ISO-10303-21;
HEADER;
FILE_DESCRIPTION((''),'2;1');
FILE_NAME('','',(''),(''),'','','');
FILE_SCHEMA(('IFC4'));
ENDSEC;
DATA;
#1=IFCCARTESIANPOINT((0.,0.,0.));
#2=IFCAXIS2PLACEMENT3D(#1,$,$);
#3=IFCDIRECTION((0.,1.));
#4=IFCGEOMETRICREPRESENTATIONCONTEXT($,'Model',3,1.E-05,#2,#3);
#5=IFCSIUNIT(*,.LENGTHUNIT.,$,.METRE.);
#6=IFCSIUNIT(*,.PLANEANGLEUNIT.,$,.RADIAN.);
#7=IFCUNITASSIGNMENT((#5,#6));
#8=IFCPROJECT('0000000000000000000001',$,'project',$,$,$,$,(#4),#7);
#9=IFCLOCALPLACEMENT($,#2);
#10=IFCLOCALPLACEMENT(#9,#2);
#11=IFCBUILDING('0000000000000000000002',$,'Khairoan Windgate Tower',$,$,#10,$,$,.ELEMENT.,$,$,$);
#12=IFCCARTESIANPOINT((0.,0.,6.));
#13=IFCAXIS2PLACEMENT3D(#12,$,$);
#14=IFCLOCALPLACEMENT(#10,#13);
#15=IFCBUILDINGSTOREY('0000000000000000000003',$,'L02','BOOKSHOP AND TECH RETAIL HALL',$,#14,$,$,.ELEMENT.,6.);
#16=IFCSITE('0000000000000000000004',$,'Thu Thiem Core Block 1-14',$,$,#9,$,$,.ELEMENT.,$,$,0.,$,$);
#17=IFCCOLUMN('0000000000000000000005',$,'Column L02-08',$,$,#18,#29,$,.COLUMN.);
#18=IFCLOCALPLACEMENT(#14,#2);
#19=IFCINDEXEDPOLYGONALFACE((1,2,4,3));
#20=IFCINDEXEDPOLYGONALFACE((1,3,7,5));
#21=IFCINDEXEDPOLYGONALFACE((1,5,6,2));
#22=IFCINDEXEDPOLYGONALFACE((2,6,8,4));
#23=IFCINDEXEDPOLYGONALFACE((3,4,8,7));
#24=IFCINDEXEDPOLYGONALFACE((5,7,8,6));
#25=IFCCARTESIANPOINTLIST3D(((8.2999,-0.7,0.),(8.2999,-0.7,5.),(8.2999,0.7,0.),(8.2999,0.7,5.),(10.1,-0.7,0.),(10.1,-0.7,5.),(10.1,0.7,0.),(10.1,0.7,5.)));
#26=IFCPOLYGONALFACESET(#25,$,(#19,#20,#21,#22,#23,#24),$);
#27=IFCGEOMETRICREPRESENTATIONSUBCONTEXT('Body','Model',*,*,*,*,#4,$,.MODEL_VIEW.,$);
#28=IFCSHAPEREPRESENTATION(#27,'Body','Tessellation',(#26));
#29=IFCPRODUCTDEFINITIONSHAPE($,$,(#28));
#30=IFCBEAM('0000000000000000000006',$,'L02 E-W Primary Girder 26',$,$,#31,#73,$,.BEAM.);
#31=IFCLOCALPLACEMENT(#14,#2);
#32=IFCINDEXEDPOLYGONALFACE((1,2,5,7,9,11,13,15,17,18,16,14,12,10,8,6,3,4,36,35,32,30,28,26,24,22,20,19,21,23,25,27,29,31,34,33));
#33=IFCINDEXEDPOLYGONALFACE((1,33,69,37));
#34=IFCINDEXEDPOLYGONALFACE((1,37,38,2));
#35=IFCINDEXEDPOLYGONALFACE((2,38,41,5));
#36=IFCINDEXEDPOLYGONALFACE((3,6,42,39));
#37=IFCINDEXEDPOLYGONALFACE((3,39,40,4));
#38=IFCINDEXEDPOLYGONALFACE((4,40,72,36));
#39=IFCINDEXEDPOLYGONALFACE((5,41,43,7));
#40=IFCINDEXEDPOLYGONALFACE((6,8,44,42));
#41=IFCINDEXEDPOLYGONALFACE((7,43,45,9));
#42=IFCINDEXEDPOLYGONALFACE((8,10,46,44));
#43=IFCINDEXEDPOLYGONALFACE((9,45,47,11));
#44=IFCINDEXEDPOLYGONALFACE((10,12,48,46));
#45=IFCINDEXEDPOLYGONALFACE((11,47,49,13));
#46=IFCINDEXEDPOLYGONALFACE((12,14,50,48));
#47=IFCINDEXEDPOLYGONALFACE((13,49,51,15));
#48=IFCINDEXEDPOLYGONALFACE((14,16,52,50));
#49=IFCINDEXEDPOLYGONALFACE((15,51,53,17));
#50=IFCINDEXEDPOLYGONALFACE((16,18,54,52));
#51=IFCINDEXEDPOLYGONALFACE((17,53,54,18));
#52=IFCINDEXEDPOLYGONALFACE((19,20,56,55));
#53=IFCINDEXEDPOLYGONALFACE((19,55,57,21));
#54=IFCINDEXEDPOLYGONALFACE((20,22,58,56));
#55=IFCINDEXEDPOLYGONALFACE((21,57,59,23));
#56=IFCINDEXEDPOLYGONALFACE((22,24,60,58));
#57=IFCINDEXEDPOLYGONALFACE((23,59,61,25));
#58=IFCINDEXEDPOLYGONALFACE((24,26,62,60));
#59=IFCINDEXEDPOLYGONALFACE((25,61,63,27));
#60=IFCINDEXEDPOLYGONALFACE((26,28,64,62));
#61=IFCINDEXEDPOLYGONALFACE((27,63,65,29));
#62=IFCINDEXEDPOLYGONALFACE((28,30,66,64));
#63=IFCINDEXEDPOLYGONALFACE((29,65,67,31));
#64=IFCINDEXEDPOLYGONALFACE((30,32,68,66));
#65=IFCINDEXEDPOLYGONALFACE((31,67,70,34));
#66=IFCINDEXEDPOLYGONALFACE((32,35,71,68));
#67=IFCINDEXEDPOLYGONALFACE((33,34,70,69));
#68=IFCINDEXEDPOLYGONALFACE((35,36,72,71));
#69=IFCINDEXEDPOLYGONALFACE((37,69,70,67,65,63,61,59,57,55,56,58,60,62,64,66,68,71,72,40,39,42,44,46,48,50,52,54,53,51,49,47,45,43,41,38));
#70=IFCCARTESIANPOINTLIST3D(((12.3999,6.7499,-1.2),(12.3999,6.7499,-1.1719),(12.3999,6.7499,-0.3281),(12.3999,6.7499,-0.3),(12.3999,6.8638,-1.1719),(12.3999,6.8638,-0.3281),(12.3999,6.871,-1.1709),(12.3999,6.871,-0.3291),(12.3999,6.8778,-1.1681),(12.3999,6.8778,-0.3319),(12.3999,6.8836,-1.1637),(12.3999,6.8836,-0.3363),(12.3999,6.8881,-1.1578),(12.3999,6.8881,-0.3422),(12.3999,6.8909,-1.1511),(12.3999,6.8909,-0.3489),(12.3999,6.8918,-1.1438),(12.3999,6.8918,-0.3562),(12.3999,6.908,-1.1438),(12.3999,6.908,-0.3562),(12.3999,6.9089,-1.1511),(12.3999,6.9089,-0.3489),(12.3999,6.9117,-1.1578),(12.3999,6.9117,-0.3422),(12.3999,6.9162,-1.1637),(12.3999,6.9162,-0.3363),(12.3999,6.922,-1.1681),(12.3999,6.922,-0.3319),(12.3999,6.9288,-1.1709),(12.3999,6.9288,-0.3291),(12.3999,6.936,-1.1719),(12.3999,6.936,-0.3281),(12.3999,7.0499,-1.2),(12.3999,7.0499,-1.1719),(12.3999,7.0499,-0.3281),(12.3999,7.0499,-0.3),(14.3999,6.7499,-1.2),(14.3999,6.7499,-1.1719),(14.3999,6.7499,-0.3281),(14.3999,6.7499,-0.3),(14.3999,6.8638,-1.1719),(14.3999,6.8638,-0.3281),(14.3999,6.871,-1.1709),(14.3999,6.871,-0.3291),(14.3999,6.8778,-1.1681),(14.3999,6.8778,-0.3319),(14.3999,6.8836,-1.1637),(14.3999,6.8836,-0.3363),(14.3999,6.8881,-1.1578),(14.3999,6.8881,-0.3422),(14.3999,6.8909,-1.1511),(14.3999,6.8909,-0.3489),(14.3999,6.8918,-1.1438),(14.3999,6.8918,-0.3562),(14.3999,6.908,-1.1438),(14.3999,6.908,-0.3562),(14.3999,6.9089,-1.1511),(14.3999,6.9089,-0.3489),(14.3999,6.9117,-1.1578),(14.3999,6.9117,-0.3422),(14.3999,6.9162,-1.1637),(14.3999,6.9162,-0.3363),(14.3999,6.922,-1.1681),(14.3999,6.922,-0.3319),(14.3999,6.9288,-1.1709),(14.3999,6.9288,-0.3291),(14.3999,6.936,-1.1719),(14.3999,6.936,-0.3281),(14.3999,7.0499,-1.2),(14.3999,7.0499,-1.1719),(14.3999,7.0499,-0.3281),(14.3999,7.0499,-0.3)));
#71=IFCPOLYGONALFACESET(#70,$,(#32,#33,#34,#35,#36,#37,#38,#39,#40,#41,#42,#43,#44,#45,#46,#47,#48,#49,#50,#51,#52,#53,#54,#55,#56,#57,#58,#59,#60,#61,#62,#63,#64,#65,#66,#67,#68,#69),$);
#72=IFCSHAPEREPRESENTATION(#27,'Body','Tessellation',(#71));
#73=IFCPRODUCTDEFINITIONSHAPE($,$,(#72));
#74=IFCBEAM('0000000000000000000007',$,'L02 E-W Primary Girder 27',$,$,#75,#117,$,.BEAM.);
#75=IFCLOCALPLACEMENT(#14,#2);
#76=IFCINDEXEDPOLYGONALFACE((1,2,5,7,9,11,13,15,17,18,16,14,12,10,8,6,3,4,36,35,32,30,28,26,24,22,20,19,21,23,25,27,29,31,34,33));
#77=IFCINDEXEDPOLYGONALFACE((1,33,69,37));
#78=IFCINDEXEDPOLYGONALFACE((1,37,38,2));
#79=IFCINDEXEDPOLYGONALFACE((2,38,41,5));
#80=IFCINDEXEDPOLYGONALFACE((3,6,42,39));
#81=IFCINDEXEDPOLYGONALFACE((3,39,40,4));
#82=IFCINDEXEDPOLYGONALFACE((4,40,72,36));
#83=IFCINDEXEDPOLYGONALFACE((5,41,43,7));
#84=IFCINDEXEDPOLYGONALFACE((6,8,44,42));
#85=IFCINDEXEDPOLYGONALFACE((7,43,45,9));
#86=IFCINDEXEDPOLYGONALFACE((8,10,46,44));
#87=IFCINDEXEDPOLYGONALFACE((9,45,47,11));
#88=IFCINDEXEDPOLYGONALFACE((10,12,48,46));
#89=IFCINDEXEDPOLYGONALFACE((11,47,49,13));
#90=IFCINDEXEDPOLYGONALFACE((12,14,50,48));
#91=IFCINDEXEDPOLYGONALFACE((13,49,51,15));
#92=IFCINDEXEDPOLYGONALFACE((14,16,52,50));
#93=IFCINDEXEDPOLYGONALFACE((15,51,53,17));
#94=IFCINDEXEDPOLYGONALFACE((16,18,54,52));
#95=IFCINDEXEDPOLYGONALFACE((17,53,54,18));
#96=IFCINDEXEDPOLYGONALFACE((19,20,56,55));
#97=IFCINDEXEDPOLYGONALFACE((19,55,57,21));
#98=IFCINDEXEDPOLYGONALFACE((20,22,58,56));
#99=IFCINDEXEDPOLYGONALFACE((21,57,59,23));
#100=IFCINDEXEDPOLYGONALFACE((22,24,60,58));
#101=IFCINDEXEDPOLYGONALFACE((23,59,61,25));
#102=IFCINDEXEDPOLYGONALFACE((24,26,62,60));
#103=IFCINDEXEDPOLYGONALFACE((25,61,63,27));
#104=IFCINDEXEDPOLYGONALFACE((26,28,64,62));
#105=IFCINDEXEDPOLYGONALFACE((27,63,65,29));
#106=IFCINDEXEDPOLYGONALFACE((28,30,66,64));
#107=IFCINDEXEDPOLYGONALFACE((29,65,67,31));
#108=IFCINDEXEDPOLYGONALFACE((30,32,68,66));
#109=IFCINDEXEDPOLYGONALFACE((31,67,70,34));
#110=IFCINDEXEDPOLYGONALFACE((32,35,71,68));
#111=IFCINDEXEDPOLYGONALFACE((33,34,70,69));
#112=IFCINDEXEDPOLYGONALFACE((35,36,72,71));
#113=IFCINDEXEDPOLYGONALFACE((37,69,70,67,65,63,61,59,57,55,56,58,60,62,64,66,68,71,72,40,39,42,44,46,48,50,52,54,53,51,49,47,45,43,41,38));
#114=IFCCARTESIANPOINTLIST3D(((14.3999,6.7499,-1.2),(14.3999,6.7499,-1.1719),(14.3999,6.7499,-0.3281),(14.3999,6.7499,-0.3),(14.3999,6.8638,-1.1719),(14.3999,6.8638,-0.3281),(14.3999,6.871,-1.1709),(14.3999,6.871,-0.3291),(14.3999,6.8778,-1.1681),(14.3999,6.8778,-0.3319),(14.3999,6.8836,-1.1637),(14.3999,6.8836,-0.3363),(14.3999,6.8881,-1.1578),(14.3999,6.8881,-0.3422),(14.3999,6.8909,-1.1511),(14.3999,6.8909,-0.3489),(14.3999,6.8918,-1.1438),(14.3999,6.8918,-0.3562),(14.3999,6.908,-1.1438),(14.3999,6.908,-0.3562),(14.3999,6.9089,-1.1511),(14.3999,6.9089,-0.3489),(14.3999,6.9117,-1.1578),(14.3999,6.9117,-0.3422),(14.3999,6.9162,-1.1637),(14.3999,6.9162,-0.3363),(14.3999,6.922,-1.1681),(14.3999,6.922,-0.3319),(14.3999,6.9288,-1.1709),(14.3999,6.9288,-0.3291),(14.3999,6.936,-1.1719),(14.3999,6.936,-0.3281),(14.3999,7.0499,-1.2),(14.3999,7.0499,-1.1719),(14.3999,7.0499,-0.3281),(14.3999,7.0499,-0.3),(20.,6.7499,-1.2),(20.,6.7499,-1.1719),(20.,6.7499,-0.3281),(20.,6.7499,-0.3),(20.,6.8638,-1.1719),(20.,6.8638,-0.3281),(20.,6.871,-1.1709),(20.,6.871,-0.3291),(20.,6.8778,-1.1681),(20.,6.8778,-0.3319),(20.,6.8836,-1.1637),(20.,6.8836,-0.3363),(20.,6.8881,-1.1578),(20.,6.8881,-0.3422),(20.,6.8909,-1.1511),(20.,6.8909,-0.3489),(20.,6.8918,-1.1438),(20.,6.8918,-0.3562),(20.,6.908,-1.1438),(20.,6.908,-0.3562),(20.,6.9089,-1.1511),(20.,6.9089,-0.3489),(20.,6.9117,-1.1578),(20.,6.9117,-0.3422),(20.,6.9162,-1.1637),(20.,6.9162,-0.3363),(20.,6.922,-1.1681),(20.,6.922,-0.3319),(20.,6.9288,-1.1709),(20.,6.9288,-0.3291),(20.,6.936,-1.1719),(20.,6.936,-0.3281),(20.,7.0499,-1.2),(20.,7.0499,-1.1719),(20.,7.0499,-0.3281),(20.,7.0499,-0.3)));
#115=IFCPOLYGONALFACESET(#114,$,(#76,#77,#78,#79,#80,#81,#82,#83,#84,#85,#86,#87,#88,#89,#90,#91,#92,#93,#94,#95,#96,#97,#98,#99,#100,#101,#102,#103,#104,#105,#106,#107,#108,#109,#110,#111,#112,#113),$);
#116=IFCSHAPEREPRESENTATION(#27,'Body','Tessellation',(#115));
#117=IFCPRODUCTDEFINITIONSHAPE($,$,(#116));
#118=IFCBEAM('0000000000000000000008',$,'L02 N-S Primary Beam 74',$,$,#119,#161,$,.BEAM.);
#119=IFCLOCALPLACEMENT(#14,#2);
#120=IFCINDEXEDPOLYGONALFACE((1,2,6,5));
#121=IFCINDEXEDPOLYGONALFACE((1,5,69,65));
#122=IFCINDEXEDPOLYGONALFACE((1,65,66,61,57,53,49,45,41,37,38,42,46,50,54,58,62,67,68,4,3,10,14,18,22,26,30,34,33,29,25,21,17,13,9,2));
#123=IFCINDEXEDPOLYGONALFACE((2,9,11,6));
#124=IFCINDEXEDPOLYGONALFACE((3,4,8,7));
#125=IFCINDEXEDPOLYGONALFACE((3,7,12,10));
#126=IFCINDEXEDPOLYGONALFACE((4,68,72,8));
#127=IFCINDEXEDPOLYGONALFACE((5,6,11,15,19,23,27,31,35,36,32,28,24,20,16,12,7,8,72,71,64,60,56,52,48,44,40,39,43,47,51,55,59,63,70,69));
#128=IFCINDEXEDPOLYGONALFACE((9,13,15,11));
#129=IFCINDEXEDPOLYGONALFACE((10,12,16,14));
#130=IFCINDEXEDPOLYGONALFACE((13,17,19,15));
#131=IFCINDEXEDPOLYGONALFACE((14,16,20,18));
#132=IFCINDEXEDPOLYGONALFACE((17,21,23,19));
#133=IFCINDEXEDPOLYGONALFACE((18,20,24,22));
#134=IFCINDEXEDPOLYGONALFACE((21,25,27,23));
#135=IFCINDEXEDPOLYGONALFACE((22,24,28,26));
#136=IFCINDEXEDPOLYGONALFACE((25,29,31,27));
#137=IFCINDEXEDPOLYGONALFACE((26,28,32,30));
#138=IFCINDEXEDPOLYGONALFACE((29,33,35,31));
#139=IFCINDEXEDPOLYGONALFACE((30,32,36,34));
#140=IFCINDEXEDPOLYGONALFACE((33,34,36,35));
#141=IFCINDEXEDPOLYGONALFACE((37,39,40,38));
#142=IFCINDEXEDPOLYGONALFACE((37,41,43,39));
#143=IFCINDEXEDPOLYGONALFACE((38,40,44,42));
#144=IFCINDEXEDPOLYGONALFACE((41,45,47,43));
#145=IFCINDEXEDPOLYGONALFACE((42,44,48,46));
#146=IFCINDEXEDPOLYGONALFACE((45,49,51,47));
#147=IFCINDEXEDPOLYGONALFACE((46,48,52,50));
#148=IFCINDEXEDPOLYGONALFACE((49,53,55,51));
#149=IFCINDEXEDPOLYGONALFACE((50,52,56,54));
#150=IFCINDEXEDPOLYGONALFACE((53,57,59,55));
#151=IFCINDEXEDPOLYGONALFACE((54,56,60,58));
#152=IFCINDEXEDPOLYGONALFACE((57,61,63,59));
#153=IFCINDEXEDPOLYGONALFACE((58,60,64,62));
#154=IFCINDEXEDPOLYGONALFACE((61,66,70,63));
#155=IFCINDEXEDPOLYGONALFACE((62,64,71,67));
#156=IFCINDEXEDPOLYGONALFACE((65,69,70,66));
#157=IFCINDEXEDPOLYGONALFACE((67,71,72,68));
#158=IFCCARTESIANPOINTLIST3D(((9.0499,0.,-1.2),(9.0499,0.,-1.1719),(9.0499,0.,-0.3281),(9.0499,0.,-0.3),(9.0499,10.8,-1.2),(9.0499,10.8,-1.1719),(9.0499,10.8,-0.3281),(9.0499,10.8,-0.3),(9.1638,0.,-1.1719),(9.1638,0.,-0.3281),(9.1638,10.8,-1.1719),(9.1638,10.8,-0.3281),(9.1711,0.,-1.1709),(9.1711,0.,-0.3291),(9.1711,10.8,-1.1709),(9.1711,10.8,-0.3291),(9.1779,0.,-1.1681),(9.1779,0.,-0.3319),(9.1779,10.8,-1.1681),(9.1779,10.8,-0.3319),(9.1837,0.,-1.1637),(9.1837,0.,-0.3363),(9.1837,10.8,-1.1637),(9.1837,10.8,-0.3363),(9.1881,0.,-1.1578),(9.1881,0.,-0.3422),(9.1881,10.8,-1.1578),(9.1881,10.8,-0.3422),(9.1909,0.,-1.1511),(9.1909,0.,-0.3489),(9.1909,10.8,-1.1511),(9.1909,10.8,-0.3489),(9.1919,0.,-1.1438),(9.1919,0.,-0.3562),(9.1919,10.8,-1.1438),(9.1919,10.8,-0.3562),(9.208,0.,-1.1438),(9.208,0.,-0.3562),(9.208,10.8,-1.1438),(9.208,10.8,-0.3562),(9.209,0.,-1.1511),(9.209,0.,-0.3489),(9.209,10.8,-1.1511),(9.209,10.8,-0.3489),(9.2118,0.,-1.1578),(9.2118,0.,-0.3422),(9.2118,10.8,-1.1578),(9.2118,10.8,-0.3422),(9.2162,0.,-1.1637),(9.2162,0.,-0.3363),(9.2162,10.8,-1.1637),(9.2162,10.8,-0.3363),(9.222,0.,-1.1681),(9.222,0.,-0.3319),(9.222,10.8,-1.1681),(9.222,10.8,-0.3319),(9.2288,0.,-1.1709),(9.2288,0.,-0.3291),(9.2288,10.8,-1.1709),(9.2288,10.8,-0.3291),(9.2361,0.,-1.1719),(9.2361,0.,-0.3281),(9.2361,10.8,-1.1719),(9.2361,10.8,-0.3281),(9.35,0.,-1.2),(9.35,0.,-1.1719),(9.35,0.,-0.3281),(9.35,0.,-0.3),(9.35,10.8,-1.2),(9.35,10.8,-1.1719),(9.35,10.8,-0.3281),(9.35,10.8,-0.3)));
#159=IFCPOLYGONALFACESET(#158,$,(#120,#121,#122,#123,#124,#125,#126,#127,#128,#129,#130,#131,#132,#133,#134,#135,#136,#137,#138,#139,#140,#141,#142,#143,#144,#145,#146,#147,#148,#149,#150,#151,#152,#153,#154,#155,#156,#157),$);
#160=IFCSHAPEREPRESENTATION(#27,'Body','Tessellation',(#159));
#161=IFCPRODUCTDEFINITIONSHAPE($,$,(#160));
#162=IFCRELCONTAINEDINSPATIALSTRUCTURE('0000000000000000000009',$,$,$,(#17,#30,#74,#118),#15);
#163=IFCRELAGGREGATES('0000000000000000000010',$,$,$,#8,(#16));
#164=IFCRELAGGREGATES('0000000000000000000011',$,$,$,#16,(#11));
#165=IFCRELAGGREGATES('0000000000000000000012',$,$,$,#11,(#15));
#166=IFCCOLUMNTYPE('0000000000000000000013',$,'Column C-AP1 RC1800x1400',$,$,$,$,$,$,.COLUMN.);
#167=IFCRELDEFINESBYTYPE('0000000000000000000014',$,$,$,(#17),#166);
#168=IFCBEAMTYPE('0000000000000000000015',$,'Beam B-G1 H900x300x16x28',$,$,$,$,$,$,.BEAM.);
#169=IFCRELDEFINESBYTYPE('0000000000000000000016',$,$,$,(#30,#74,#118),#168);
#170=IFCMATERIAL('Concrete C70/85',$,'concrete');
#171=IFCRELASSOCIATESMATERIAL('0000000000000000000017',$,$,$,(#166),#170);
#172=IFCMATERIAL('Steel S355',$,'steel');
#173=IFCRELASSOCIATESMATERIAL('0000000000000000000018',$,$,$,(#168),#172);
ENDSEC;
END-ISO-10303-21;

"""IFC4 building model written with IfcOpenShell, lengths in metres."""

from ifc_helpers import new_model, si_unit, direction, frame, origin, origin_2d, place, context, subcontext, project, spatial, rectangle, i_section, extrude, material, material_profile, profile_set, type_object, element, save


model = new_model("IFC4")

# Units and contexts
model_context = context("Model", 3, precision=1e-05, world=origin(), true_north=direction((0.0, 1.0)))
body_context = subcontext(model_context, "Body", "Model", "MODEL_VIEW")
ifc_project = project(units=[si_unit("LENGTHUNIT", "METRE"), si_unit("PLANEANGLEUNIT", "RADIAN")], contexts=[model_context])

# Site, building, storey
site_placement = place(None, origin())
site = spatial("IfcSite", under=ifc_project, at=site_placement, Name="Thu Thiem Core Block 1-14", CompositionType="ELEMENT", RefElevation=0.0)
building_placement = place(site_placement, origin())
building = spatial("IfcBuilding", under=site, at=building_placement, Name="Khairoan Windgate Tower", CompositionType="ELEMENT")
storey_placement = place(building_placement, frame((0.0, 0.0, 6.0)))
storey = spatial("IfcBuildingStorey", under=building, at=storey_placement, Name="L02", Description="BOOKSHOP AND TECH RETAIL HALL", CompositionType="ELEMENT", Elevation=6.0)

# Column
ifc_material_1 = material(Name="Concrete C70/85", Category="concrete")
ifc_material_profile_1 = material_profile(ifc_material_1, rectangle(XDim=1.8, YDim=1.3999, at=origin_2d()))
ifc_profile_set_1 = profile_set([ifc_material_profile_1], Name="Concrete C70/85")
column_type = type_object("IfcColumnType", Name="Column C-AP1 RC1800x1400", PredefinedType="COLUMN", material=ifc_profile_set_1)
column_placement = place(storey_placement, frame((9.2, 0.0, 0.0), z_axis=(0.0, 0.0, 1.0), x_axis=(1.0, 0.0, 0.0)))
element("IfcColumn", 1, at=column_placement, inside=storey, type_object=column_type, Name="Column L02-08", PredefinedType="COLUMN", context=body_context, shape_type="SweptSolid", body=[
    extrude(rectangle(XDim=1.8, YDim=1.3999, at=origin_2d()), origin(), (0.0, 0.0, 1.0), 5.0),
])

# Beams
ifc_material_2 = material(Name="Steel S355", Category="steel")
ifc_material_profile_2 = material_profile(ifc_material_2, i_section(OverallWidth=0.3, OverallDepth=0.8999, WebThickness=0.0161, FlangeThickness=0.0281, FilletRadius=0.0281, at=origin_2d()))
ifc_profile_set_2 = profile_set([ifc_material_profile_2], Name="Steel S355")
beam_type = type_object("IfcBeamType", Name="Beam B-G1 H900x300x16x28", PredefinedType="BEAM", material=ifc_profile_set_2)
beam_1_placement = place(storey_placement, frame((12.3999, 6.8999, -0.75), z_axis=(1.0, 0.0, 0.0), x_axis=(0.0, 1.0, 0.0)))
element("IfcBeam", 2, at=beam_1_placement, inside=storey, type_object=beam_type, Name="L02 E-W Primary Girder 26", PredefinedType="BEAM", context=body_context, shape_type="SweptSolid", body=[
    extrude(i_section(OverallWidth=0.3, OverallDepth=0.8999, WebThickness=0.0161, FlangeThickness=0.0281, FilletRadius=0.0281, at=origin_2d()), origin(), (0.0, 0.0, 1.0), 2.0),
])
beam_2_placement = place(storey_placement, frame((14.3999, 6.8999, -0.75), z_axis=(1.0, 0.0, 0.0), x_axis=(0.0, 1.0, 0.0)))
element("IfcBeam", 3, at=beam_2_placement, inside=storey, type_object=beam_type, Name="L02 E-W Primary Girder 27", PredefinedType="BEAM", context=body_context, shape_type="SweptSolid", body=[
    extrude(i_section(OverallWidth=0.3, OverallDepth=0.8999, WebThickness=0.0161, FlangeThickness=0.0281, FilletRadius=0.0281, at=origin_2d()), origin(), (0.0, 0.0, 1.0), 5.6001),
])
beam_3_placement = place(storey_placement, frame((9.2, 0.0, -0.75), z_axis=(0.0, 1.0, 0.0), x_axis=(-1.0, 0.0, 0.0)))
element("IfcBeam", 4, at=beam_3_placement, inside=storey, type_object=beam_type, Name="L02 N-S Primary Beam 74", PredefinedType="BEAM", context=body_context, shape_type="SweptSolid", body=[
    extrude(i_section(OverallWidth=0.3, OverallDepth=0.8999, WebThickness=0.0161, FlangeThickness=0.0281, FilletRadius=0.0281, at=origin_2d()), origin(), (0.0, 0.0, 1.0), 10.8),
])

save(model, "model.ifc")
